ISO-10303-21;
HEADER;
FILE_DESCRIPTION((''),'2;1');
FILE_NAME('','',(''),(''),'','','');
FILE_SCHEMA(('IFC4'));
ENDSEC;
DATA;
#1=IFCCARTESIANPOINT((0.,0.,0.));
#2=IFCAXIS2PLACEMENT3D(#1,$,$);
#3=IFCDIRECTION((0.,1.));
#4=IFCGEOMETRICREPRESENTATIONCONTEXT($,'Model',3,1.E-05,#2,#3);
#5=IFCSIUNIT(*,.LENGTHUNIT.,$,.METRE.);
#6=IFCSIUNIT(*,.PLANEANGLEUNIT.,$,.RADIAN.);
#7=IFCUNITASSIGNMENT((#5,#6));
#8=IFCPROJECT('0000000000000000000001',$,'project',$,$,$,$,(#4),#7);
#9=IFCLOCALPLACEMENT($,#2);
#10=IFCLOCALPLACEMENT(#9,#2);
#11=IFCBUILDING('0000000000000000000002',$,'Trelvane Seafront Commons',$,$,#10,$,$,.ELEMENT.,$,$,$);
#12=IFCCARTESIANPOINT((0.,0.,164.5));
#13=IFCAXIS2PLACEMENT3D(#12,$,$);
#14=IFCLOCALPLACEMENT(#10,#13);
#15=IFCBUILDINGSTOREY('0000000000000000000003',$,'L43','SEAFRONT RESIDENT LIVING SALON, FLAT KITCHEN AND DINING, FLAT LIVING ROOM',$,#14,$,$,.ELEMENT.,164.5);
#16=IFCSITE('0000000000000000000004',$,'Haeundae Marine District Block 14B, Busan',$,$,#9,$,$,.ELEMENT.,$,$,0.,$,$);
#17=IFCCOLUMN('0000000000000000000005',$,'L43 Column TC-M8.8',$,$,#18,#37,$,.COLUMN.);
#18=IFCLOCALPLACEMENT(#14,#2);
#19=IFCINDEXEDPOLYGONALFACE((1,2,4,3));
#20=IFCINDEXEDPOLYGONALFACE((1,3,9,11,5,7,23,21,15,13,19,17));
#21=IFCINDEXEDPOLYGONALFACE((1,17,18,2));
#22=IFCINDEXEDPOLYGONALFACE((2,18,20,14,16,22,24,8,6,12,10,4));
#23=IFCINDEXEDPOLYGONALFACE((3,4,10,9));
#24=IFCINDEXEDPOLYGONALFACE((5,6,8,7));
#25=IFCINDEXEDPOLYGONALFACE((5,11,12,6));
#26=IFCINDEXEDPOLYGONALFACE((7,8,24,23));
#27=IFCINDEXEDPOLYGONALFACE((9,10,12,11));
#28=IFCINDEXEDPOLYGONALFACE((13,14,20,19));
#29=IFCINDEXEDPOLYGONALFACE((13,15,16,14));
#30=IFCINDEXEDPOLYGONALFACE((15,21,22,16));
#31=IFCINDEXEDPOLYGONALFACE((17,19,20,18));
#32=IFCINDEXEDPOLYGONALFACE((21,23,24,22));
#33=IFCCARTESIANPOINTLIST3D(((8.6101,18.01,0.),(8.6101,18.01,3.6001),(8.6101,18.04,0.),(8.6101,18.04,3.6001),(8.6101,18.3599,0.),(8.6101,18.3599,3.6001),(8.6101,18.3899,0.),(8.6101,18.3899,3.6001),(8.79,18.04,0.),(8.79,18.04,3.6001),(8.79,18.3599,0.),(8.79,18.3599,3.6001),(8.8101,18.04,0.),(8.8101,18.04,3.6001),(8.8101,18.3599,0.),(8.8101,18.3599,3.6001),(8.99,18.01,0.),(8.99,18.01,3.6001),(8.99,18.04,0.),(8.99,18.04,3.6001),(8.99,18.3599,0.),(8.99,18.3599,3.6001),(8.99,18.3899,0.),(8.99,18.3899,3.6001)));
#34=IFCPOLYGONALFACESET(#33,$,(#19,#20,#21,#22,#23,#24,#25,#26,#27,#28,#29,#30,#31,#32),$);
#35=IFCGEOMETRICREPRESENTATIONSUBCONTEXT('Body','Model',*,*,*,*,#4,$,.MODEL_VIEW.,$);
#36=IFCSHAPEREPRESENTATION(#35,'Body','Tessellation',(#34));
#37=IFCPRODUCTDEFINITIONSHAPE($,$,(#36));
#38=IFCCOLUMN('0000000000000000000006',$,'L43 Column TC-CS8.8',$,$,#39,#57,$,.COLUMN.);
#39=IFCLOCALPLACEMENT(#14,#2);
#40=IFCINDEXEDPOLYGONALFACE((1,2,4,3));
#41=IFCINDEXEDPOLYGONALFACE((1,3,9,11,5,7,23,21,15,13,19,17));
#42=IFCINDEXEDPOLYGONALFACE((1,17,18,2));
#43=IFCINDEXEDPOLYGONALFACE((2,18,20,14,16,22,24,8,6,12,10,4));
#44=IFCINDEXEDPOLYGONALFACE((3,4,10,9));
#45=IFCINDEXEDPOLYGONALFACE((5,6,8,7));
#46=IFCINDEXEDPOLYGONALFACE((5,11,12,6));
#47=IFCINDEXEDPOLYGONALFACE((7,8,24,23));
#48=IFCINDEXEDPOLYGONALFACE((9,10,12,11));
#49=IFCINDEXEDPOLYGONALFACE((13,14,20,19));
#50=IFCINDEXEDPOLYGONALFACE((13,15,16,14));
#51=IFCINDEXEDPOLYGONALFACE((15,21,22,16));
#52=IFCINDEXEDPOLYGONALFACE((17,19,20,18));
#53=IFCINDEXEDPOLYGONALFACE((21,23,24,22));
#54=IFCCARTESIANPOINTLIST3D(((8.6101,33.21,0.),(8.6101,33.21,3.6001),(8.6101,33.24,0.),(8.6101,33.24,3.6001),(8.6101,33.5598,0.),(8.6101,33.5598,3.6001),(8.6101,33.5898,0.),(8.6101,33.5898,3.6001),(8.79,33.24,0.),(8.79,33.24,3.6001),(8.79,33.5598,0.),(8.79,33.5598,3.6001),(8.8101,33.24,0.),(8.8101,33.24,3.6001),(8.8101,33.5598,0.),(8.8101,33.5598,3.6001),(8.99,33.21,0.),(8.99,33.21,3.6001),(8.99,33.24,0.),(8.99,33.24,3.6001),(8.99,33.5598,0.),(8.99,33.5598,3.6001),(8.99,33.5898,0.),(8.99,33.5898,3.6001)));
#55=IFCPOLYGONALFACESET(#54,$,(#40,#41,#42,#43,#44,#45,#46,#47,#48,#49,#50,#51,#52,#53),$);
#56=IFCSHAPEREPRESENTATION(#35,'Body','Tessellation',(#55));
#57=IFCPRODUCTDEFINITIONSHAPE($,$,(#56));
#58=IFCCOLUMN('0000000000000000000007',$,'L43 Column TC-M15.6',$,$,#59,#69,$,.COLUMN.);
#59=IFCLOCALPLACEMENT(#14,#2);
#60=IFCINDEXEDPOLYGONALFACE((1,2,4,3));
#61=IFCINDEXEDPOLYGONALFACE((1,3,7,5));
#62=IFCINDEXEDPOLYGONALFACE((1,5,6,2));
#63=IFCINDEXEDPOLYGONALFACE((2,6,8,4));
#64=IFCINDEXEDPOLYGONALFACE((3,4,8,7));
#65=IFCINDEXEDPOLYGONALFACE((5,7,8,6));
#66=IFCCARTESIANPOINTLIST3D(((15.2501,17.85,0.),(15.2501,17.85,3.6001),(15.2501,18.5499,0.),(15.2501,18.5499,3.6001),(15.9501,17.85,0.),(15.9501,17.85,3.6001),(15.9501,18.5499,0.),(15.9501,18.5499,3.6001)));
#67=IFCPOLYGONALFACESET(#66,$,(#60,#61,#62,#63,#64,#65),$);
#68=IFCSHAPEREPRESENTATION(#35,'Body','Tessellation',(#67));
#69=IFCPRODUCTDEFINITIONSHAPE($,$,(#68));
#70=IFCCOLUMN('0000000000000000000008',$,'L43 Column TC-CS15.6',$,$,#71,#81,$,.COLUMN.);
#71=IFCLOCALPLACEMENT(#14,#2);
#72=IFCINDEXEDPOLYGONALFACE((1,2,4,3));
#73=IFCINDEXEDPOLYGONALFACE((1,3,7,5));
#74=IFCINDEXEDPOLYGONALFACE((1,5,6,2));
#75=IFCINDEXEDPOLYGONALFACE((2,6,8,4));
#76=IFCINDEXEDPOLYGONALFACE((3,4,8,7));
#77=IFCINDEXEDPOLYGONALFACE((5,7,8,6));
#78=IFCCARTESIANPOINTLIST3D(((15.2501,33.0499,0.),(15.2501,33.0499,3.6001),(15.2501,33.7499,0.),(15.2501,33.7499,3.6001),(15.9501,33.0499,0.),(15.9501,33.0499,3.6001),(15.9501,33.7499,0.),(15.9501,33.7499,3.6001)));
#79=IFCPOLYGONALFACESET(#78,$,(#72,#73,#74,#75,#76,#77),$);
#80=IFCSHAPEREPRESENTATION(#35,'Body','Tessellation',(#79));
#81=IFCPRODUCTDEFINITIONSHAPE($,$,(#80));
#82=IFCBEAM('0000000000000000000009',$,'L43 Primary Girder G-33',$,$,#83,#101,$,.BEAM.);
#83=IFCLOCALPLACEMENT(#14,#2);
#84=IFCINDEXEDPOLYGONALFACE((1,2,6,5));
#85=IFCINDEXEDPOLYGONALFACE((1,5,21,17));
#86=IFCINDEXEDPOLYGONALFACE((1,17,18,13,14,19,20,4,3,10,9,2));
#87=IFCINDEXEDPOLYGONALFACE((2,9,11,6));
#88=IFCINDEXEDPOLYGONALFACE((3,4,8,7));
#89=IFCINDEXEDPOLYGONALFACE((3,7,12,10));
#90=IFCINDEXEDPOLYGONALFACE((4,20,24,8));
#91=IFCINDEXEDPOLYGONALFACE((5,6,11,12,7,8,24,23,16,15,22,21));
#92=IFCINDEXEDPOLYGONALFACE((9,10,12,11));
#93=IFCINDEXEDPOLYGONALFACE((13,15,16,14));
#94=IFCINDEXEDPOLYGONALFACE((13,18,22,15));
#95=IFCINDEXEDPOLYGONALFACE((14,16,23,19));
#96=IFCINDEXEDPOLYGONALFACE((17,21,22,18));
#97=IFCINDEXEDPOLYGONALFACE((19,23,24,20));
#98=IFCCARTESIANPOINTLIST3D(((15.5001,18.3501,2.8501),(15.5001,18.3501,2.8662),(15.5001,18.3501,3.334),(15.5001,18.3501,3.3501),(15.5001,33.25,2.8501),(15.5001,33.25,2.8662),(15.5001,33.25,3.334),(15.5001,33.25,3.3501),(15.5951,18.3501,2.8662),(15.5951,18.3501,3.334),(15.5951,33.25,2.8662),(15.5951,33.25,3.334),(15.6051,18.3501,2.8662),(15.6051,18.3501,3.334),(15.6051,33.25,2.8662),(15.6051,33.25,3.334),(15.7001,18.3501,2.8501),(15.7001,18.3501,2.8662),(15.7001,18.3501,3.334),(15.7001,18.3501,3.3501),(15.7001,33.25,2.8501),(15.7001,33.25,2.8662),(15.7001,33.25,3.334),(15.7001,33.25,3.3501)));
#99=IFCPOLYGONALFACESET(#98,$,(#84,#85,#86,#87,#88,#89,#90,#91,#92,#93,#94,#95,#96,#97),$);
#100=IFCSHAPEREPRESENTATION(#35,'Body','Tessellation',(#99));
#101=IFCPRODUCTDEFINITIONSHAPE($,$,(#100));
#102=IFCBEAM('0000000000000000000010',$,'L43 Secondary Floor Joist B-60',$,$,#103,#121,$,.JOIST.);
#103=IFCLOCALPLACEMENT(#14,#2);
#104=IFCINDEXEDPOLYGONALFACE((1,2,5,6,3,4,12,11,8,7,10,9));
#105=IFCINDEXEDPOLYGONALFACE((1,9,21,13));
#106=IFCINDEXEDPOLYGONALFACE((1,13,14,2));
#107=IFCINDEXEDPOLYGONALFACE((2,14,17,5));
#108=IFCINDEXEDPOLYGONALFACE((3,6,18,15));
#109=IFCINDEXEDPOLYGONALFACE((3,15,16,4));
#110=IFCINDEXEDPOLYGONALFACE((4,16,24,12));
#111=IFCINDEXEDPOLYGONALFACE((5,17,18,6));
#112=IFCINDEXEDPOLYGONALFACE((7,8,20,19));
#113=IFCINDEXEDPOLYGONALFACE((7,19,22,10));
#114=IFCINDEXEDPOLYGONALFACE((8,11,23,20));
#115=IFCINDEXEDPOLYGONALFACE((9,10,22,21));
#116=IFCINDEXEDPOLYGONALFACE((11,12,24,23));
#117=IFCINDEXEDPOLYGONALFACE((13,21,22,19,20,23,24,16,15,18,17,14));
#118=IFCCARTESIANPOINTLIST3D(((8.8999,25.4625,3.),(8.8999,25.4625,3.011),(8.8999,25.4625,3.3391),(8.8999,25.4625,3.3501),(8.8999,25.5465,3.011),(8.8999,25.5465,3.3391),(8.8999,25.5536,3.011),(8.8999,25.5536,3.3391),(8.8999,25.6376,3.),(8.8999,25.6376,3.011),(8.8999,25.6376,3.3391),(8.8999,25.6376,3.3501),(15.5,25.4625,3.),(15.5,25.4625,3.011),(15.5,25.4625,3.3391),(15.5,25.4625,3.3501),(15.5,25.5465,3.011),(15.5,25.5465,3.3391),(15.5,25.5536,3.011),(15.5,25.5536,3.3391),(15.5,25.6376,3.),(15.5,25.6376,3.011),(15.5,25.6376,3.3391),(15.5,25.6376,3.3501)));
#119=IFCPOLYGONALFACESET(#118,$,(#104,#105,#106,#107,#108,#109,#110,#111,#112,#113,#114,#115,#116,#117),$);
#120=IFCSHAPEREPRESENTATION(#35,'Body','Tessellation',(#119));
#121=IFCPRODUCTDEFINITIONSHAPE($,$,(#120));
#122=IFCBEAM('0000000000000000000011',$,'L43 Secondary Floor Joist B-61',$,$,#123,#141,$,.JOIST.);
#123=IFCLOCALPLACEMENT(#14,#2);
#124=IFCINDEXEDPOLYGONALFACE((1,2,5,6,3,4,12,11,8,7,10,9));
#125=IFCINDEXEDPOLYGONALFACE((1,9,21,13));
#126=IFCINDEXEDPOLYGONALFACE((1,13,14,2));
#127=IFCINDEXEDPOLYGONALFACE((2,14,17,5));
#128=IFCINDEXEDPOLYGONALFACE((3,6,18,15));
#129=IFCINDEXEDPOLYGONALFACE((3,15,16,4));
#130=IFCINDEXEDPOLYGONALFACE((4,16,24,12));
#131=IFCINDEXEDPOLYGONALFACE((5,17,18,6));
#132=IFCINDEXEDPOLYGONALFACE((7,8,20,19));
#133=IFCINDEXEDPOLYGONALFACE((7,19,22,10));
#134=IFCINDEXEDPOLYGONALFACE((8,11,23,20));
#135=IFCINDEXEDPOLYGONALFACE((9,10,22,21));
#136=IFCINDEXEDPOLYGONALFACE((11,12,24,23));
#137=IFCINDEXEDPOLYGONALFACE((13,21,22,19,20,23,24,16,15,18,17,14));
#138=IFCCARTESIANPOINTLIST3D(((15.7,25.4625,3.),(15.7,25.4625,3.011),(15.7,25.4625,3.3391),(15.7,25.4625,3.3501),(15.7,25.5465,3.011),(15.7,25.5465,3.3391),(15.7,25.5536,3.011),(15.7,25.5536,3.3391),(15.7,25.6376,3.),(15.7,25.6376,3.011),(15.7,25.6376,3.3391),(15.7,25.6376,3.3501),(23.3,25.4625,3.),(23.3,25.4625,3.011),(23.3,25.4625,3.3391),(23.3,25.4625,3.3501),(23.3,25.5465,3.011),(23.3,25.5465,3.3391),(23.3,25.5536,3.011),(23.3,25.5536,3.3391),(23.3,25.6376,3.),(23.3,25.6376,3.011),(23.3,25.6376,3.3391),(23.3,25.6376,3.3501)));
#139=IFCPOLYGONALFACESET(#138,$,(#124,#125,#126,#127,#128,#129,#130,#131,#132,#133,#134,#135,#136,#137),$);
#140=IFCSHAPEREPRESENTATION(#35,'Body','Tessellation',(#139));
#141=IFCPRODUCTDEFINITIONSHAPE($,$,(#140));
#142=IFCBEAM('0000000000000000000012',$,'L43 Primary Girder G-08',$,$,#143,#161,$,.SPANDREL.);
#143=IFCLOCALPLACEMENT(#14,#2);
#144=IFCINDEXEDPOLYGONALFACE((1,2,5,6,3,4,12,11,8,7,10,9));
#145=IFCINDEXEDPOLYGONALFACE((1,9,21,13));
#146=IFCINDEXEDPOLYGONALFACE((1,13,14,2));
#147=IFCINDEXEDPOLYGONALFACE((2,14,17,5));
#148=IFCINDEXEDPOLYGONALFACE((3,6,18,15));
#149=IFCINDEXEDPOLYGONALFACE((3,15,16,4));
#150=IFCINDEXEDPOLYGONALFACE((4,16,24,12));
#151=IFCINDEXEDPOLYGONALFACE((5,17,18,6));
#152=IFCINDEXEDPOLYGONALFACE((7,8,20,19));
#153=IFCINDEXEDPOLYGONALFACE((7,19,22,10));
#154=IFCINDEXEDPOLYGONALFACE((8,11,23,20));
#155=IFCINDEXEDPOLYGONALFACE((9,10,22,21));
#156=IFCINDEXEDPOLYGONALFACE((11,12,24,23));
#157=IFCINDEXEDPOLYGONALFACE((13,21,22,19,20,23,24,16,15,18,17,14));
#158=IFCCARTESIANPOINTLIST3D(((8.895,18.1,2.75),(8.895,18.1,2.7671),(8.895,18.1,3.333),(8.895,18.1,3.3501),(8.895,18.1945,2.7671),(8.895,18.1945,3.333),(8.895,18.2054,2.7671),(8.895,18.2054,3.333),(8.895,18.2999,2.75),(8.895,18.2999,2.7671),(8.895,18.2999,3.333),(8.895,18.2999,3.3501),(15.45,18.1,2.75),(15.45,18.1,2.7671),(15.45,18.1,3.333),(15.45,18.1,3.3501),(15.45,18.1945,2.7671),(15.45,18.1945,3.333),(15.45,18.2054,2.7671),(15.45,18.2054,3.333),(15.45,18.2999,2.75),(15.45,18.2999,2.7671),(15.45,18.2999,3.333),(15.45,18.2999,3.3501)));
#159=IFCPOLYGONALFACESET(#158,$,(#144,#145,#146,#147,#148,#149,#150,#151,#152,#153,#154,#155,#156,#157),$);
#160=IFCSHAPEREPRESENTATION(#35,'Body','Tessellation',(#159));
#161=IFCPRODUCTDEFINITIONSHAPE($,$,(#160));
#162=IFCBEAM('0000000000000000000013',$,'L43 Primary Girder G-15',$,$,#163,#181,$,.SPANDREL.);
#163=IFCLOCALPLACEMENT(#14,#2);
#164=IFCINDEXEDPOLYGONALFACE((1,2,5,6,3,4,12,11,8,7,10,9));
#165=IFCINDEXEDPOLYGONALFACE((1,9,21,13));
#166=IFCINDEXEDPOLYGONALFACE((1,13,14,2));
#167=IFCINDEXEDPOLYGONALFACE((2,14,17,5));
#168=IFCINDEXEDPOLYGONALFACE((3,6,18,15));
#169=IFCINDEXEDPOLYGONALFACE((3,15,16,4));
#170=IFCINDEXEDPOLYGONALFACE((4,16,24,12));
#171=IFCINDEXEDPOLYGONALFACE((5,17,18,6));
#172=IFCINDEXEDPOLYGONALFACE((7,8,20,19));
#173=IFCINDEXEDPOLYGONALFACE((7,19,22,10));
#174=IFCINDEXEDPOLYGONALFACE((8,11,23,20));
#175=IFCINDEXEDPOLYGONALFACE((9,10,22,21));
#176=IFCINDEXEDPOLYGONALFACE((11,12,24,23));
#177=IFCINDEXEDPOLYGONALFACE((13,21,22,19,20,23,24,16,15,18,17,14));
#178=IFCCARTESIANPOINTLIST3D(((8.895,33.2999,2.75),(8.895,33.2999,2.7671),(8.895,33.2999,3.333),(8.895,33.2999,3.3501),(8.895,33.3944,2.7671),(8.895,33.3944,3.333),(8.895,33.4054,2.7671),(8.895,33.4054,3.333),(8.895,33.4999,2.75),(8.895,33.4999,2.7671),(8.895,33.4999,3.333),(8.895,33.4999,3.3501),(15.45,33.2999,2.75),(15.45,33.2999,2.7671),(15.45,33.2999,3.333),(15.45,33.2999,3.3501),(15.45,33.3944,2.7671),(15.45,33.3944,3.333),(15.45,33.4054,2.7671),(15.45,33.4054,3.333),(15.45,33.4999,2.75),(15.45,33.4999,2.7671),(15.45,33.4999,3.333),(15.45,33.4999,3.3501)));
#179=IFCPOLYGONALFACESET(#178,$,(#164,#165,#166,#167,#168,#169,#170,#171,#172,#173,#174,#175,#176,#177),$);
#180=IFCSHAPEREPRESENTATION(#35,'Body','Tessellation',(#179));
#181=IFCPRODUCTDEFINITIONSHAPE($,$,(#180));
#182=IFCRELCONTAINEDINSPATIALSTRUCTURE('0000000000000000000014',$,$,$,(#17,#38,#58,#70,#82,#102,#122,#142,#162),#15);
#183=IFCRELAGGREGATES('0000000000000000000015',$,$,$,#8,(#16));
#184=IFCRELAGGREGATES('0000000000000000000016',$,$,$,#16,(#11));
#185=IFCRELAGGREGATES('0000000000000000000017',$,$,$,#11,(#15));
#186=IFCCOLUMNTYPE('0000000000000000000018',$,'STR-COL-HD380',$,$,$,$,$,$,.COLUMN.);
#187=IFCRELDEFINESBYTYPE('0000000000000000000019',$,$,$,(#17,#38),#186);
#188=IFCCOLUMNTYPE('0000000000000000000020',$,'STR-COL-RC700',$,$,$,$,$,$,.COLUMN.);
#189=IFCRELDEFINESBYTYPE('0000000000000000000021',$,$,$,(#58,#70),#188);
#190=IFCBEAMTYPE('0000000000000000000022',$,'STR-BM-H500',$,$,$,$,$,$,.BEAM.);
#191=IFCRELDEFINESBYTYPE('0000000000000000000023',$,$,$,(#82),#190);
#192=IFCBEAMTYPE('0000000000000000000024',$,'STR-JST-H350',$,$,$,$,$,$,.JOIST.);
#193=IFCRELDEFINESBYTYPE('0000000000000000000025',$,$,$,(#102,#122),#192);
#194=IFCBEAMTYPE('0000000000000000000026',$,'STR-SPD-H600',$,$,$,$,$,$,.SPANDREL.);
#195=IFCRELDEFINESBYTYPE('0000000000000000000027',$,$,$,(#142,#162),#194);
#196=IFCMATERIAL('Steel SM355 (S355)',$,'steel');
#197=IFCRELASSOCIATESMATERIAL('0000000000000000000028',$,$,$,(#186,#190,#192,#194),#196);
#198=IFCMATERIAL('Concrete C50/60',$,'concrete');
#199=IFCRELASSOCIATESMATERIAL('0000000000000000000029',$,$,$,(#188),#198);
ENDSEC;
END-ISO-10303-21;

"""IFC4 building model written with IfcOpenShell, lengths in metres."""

from ifc_helpers import new_model, si_unit, direction, frame, origin, origin_2d, place, context, subcontext, project, spatial, rectangle, i_section, extrude, source, transform, mapped, material, material_profile, profile_set, type_object, element, save


model = new_model("IFC4")

# Units and contexts
model_context = context("Model", 3, precision=1e-05, world=origin(), true_north=direction((0.0, 1.0)))
body_context = subcontext(model_context, "Body", "Model", "MODEL_VIEW")
ifc_project = project(units=[si_unit("LENGTHUNIT", "METRE"), si_unit("PLANEANGLEUNIT", "RADIAN")], contexts=[model_context])

# Site, building, storey
site_placement = place(None, origin())
site = spatial("IfcSite", under=ifc_project, at=site_placement, Name="Haeundae Marine District Block 14B, Busan", CompositionType="ELEMENT", RefElevation=0.0)
building_placement = place(site_placement, origin())
building = spatial("IfcBuilding", under=site, at=building_placement, Name="Trelvane Seafront Commons", CompositionType="ELEMENT")
storey_placement = place(building_placement, frame((0.0, 0.0, 164.5)))
storey = spatial("IfcBuildingStorey", under=building, at=storey_placement, Name="L43", Description="SEAFRONT RESIDENT LIVING SALON, FLAT KITCHEN AND DINING, FLAT LIVING ROOM", CompositionType="ELEMENT", Elevation=164.5)

# Columns
ifc_material_1 = material(Name="Steel SM355 (S355)", Category="steel")
ifc_material_profile_1 = material_profile(ifc_material_1, i_section(OverallWidth=0.3799, OverallDepth=0.3799, WebThickness=0.02, FlangeThickness=0.03, at=origin_2d()), Name="HD-380x380x20x30")
ifc_profile_set_1 = profile_set([ifc_material_profile_1], Name="Steel SM355 (S355)")
column_type_1 = type_object("IfcColumnType", Name="STR-COL-HD380", PredefinedType="COLUMN", material=ifc_profile_set_1)
shared_shape_1 = source(origin(), body_context, "Body", "SweptSolid", [
    extrude(i_section(OverallWidth=0.3799, OverallDepth=0.3799, WebThickness=0.02, FlangeThickness=0.03, at=origin_2d()), origin(), (0.0, 0.0, 1.0), 3.6001),
])
for number, where, z_axis, x_axis, name in (
    (1, (8.8, 18.2, 0.0), (0.0, 0.0, 1.0), (1.0, 0.0, 0.0), "L43 Column TC-M8.8"),
    (2, (8.8, 33.3999, 0.0), (0.0, 0.0, 1.0), (1.0, 0.0, 0.0), "L43 Column TC-CS8.8"),
):
    element("IfcColumn", number, at=place(storey_placement, frame(where, z_axis=z_axis, x_axis=x_axis)), inside=storey, type_object=column_type_1, Name=name, PredefinedType="COLUMN", context=body_context, shape_type="MappedRepresentation", body=[
        mapped(shared_shape_1, transform((0.0, 0.0, 0.0), x_axis=(1.0, 0.0, 0.0), y_axis=(0.0, 1.0, 0.0), z_axis=(0.0, 0.0, 1.0), scale=1.0)),
    ])
ifc_material_2 = material(Name="Concrete C50/60", Category="concrete")
ifc_material_profile_2 = material_profile(ifc_material_2, rectangle(XDim=0.7, YDim=0.7, at=origin_2d()), Name="RC-700x700")
ifc_profile_set_2 = profile_set([ifc_material_profile_2], Name="Concrete C50/60")
column_type_2 = type_object("IfcColumnType", Name="STR-COL-RC700", PredefinedType="COLUMN", material=ifc_profile_set_2)
shared_shape_2 = source(origin(), body_context, "Body", "SweptSolid", [
    extrude(rectangle(XDim=0.7, YDim=0.7, at=origin_2d()), origin(), (0.0, 0.0, 1.0), 3.6001),
])
for number, where, z_axis, x_axis, name in (
    (3, (15.6001, 18.2, 0.0), (0.0, 0.0, 1.0), (1.0, 0.0, 0.0), "L43 Column TC-M15.6"),
    (4, (15.6001, 33.3999, 0.0), (0.0, 0.0, 1.0), (1.0, 0.0, 0.0), "L43 Column TC-CS15.6"),
):
    element("IfcColumn", number, at=place(storey_placement, frame(where, z_axis=z_axis, x_axis=x_axis)), inside=storey, type_object=column_type_2, Name=name, PredefinedType="COLUMN", context=body_context, shape_type="MappedRepresentation", body=[
        mapped(shared_shape_2, transform((0.0, 0.0, 0.0), x_axis=(1.0, 0.0, 0.0), y_axis=(0.0, 1.0, 0.0), z_axis=(0.0, 0.0, 1.0), scale=1.0)),
    ])

# Beams
ifc_material_profile_3 = material_profile(ifc_material_1, i_section(OverallWidth=0.2, OverallDepth=0.5, WebThickness=0.01, FlangeThickness=0.0161, at=origin_2d()), Name="H-500x200x10x16")
ifc_profile_set_3 = profile_set([ifc_material_profile_3], Name="Steel SM355 (S355)")
beam_type_1 = type_object("IfcBeamType", Name="STR-BM-H500", PredefinedType="BEAM", material=ifc_profile_set_3)
shared_shape_3 = source(origin(), body_context, "Body", "SweptSolid", [
    extrude(i_section(OverallWidth=0.2, OverallDepth=0.5, WebThickness=0.01, FlangeThickness=0.0161, at=origin_2d()), origin(), (0.0, 0.0, 1.0), 14.8999),
])
beam_1_placement = place(storey_placement, frame((15.6001, 18.3501, 3.1001), z_axis=(0.0, 1.0, 0.0), x_axis=(-1.0, 0.0, 0.0)))
element("IfcBeam", 5, at=beam_1_placement, inside=storey, type_object=beam_type_1, Name="L43 Primary Girder G-33", PredefinedType="BEAM", context=body_context, shape_type="MappedRepresentation", body=[
    mapped(shared_shape_3, transform((0.0, 0.0, 0.0), x_axis=(1.0, 0.0, 0.0), y_axis=(0.0, 1.0, 0.0), z_axis=(0.0, 0.0, 1.0), scale=1.0)),
])
ifc_material_profile_4 = material_profile(ifc_material_1, i_section(OverallWidth=0.175, OverallDepth=0.3501, WebThickness=0.0071, FlangeThickness=0.011, at=origin_2d()), Name="H-350x175x7x11")
ifc_profile_set_4 = profile_set([ifc_material_profile_4], Name="Steel SM355 (S355)")
beam_type_2 = type_object("IfcBeamType", Name="STR-JST-H350", PredefinedType="JOIST", material=ifc_profile_set_4)
shared_shape_4 = source(origin(), body_context, "Body", "SweptSolid", [
    extrude(i_section(OverallWidth=0.175, OverallDepth=0.3501, WebThickness=0.0071, FlangeThickness=0.011, at=origin_2d()), origin(), (0.0, 0.0, 1.0), 6.6001),
])
beam_2_placement = place(storey_placement, frame((8.8999, 25.55, 3.175), z_axis=(1.0, 0.0, 0.0), x_axis=(0.0, 1.0, 0.0)))
element("IfcBeam", 6, at=beam_2_placement, inside=storey, type_object=beam_type_2, Name="L43 Secondary Floor Joist B-60", PredefinedType="JOIST", context=body_context, shape_type="MappedRepresentation", body=[
    mapped(shared_shape_4, transform((0.0, 0.0, 0.0), x_axis=(1.0, 0.0, 0.0), y_axis=(0.0, 1.0, 0.0), z_axis=(0.0, 0.0, 1.0), scale=1.0)),
])
shared_shape_5 = source(origin(), body_context, "Body", "SweptSolid", [
    extrude(i_section(OverallWidth=0.175, OverallDepth=0.3501, WebThickness=0.0071, FlangeThickness=0.011, at=origin_2d()), origin(), (0.0, 0.0, 1.0), 7.6001),
])
beam_3_placement = place(storey_placement, frame((15.7, 25.55, 3.175), z_axis=(1.0, 0.0, 0.0), x_axis=(0.0, 1.0, 0.0)))
element("IfcBeam", 7, at=beam_3_placement, inside=storey, type_object=beam_type_2, Name="L43 Secondary Floor Joist B-61", PredefinedType="JOIST", context=body_context, shape_type="MappedRepresentation", body=[
    mapped(shared_shape_5, transform((0.0, 0.0, 0.0), x_axis=(1.0, 0.0, 0.0), y_axis=(0.0, 1.0, 0.0), z_axis=(0.0, 0.0, 1.0), scale=1.0)),
])
ifc_material_profile_5 = material_profile(ifc_material_1, i_section(OverallWidth=0.2, OverallDepth=0.6001, WebThickness=0.011, FlangeThickness=0.0171, at=origin_2d()), Name="H-600x200x11x17")
ifc_profile_set_5 = profile_set([ifc_material_profile_5], Name="Steel SM355 (S355)")
beam_type_3 = type_object("IfcBeamType", Name="STR-SPD-H600", PredefinedType="SPANDREL", material=ifc_profile_set_5)
shared_shape_6 = source(origin(), body_context, "Body", "SweptSolid", [
    extrude(i_section(OverallWidth=0.2, OverallDepth=0.6001, WebThickness=0.011, FlangeThickness=0.0171, at=origin_2d()), origin(), (0.0, 0.0, 1.0), 6.5549),
])
for number, where, z_axis, x_axis, name in (
    (8, (8.895, 18.2, 3.05), (1.0, 0.0, 0.0), (0.0, 1.0, 0.0), "L43 Primary Girder G-08"),
    (9, (8.895, 33.3999, 3.05), (1.0, 0.0, 0.0), (0.0, 1.0, 0.0), "L43 Primary Girder G-15"),
):
    element("IfcBeam", number, at=place(storey_placement, frame(where, z_axis=z_axis, x_axis=x_axis)), inside=storey, type_object=beam_type_3, Name=name, PredefinedType="SPANDREL", context=body_context, shape_type="MappedRepresentation", body=[
        mapped(shared_shape_6, transform((0.0, 0.0, 0.0), x_axis=(1.0, 0.0, 0.0), y_axis=(0.0, 1.0, 0.0), z_axis=(0.0, 0.0, 1.0), scale=1.0)),
    ])

save(model, "model.ifc")
